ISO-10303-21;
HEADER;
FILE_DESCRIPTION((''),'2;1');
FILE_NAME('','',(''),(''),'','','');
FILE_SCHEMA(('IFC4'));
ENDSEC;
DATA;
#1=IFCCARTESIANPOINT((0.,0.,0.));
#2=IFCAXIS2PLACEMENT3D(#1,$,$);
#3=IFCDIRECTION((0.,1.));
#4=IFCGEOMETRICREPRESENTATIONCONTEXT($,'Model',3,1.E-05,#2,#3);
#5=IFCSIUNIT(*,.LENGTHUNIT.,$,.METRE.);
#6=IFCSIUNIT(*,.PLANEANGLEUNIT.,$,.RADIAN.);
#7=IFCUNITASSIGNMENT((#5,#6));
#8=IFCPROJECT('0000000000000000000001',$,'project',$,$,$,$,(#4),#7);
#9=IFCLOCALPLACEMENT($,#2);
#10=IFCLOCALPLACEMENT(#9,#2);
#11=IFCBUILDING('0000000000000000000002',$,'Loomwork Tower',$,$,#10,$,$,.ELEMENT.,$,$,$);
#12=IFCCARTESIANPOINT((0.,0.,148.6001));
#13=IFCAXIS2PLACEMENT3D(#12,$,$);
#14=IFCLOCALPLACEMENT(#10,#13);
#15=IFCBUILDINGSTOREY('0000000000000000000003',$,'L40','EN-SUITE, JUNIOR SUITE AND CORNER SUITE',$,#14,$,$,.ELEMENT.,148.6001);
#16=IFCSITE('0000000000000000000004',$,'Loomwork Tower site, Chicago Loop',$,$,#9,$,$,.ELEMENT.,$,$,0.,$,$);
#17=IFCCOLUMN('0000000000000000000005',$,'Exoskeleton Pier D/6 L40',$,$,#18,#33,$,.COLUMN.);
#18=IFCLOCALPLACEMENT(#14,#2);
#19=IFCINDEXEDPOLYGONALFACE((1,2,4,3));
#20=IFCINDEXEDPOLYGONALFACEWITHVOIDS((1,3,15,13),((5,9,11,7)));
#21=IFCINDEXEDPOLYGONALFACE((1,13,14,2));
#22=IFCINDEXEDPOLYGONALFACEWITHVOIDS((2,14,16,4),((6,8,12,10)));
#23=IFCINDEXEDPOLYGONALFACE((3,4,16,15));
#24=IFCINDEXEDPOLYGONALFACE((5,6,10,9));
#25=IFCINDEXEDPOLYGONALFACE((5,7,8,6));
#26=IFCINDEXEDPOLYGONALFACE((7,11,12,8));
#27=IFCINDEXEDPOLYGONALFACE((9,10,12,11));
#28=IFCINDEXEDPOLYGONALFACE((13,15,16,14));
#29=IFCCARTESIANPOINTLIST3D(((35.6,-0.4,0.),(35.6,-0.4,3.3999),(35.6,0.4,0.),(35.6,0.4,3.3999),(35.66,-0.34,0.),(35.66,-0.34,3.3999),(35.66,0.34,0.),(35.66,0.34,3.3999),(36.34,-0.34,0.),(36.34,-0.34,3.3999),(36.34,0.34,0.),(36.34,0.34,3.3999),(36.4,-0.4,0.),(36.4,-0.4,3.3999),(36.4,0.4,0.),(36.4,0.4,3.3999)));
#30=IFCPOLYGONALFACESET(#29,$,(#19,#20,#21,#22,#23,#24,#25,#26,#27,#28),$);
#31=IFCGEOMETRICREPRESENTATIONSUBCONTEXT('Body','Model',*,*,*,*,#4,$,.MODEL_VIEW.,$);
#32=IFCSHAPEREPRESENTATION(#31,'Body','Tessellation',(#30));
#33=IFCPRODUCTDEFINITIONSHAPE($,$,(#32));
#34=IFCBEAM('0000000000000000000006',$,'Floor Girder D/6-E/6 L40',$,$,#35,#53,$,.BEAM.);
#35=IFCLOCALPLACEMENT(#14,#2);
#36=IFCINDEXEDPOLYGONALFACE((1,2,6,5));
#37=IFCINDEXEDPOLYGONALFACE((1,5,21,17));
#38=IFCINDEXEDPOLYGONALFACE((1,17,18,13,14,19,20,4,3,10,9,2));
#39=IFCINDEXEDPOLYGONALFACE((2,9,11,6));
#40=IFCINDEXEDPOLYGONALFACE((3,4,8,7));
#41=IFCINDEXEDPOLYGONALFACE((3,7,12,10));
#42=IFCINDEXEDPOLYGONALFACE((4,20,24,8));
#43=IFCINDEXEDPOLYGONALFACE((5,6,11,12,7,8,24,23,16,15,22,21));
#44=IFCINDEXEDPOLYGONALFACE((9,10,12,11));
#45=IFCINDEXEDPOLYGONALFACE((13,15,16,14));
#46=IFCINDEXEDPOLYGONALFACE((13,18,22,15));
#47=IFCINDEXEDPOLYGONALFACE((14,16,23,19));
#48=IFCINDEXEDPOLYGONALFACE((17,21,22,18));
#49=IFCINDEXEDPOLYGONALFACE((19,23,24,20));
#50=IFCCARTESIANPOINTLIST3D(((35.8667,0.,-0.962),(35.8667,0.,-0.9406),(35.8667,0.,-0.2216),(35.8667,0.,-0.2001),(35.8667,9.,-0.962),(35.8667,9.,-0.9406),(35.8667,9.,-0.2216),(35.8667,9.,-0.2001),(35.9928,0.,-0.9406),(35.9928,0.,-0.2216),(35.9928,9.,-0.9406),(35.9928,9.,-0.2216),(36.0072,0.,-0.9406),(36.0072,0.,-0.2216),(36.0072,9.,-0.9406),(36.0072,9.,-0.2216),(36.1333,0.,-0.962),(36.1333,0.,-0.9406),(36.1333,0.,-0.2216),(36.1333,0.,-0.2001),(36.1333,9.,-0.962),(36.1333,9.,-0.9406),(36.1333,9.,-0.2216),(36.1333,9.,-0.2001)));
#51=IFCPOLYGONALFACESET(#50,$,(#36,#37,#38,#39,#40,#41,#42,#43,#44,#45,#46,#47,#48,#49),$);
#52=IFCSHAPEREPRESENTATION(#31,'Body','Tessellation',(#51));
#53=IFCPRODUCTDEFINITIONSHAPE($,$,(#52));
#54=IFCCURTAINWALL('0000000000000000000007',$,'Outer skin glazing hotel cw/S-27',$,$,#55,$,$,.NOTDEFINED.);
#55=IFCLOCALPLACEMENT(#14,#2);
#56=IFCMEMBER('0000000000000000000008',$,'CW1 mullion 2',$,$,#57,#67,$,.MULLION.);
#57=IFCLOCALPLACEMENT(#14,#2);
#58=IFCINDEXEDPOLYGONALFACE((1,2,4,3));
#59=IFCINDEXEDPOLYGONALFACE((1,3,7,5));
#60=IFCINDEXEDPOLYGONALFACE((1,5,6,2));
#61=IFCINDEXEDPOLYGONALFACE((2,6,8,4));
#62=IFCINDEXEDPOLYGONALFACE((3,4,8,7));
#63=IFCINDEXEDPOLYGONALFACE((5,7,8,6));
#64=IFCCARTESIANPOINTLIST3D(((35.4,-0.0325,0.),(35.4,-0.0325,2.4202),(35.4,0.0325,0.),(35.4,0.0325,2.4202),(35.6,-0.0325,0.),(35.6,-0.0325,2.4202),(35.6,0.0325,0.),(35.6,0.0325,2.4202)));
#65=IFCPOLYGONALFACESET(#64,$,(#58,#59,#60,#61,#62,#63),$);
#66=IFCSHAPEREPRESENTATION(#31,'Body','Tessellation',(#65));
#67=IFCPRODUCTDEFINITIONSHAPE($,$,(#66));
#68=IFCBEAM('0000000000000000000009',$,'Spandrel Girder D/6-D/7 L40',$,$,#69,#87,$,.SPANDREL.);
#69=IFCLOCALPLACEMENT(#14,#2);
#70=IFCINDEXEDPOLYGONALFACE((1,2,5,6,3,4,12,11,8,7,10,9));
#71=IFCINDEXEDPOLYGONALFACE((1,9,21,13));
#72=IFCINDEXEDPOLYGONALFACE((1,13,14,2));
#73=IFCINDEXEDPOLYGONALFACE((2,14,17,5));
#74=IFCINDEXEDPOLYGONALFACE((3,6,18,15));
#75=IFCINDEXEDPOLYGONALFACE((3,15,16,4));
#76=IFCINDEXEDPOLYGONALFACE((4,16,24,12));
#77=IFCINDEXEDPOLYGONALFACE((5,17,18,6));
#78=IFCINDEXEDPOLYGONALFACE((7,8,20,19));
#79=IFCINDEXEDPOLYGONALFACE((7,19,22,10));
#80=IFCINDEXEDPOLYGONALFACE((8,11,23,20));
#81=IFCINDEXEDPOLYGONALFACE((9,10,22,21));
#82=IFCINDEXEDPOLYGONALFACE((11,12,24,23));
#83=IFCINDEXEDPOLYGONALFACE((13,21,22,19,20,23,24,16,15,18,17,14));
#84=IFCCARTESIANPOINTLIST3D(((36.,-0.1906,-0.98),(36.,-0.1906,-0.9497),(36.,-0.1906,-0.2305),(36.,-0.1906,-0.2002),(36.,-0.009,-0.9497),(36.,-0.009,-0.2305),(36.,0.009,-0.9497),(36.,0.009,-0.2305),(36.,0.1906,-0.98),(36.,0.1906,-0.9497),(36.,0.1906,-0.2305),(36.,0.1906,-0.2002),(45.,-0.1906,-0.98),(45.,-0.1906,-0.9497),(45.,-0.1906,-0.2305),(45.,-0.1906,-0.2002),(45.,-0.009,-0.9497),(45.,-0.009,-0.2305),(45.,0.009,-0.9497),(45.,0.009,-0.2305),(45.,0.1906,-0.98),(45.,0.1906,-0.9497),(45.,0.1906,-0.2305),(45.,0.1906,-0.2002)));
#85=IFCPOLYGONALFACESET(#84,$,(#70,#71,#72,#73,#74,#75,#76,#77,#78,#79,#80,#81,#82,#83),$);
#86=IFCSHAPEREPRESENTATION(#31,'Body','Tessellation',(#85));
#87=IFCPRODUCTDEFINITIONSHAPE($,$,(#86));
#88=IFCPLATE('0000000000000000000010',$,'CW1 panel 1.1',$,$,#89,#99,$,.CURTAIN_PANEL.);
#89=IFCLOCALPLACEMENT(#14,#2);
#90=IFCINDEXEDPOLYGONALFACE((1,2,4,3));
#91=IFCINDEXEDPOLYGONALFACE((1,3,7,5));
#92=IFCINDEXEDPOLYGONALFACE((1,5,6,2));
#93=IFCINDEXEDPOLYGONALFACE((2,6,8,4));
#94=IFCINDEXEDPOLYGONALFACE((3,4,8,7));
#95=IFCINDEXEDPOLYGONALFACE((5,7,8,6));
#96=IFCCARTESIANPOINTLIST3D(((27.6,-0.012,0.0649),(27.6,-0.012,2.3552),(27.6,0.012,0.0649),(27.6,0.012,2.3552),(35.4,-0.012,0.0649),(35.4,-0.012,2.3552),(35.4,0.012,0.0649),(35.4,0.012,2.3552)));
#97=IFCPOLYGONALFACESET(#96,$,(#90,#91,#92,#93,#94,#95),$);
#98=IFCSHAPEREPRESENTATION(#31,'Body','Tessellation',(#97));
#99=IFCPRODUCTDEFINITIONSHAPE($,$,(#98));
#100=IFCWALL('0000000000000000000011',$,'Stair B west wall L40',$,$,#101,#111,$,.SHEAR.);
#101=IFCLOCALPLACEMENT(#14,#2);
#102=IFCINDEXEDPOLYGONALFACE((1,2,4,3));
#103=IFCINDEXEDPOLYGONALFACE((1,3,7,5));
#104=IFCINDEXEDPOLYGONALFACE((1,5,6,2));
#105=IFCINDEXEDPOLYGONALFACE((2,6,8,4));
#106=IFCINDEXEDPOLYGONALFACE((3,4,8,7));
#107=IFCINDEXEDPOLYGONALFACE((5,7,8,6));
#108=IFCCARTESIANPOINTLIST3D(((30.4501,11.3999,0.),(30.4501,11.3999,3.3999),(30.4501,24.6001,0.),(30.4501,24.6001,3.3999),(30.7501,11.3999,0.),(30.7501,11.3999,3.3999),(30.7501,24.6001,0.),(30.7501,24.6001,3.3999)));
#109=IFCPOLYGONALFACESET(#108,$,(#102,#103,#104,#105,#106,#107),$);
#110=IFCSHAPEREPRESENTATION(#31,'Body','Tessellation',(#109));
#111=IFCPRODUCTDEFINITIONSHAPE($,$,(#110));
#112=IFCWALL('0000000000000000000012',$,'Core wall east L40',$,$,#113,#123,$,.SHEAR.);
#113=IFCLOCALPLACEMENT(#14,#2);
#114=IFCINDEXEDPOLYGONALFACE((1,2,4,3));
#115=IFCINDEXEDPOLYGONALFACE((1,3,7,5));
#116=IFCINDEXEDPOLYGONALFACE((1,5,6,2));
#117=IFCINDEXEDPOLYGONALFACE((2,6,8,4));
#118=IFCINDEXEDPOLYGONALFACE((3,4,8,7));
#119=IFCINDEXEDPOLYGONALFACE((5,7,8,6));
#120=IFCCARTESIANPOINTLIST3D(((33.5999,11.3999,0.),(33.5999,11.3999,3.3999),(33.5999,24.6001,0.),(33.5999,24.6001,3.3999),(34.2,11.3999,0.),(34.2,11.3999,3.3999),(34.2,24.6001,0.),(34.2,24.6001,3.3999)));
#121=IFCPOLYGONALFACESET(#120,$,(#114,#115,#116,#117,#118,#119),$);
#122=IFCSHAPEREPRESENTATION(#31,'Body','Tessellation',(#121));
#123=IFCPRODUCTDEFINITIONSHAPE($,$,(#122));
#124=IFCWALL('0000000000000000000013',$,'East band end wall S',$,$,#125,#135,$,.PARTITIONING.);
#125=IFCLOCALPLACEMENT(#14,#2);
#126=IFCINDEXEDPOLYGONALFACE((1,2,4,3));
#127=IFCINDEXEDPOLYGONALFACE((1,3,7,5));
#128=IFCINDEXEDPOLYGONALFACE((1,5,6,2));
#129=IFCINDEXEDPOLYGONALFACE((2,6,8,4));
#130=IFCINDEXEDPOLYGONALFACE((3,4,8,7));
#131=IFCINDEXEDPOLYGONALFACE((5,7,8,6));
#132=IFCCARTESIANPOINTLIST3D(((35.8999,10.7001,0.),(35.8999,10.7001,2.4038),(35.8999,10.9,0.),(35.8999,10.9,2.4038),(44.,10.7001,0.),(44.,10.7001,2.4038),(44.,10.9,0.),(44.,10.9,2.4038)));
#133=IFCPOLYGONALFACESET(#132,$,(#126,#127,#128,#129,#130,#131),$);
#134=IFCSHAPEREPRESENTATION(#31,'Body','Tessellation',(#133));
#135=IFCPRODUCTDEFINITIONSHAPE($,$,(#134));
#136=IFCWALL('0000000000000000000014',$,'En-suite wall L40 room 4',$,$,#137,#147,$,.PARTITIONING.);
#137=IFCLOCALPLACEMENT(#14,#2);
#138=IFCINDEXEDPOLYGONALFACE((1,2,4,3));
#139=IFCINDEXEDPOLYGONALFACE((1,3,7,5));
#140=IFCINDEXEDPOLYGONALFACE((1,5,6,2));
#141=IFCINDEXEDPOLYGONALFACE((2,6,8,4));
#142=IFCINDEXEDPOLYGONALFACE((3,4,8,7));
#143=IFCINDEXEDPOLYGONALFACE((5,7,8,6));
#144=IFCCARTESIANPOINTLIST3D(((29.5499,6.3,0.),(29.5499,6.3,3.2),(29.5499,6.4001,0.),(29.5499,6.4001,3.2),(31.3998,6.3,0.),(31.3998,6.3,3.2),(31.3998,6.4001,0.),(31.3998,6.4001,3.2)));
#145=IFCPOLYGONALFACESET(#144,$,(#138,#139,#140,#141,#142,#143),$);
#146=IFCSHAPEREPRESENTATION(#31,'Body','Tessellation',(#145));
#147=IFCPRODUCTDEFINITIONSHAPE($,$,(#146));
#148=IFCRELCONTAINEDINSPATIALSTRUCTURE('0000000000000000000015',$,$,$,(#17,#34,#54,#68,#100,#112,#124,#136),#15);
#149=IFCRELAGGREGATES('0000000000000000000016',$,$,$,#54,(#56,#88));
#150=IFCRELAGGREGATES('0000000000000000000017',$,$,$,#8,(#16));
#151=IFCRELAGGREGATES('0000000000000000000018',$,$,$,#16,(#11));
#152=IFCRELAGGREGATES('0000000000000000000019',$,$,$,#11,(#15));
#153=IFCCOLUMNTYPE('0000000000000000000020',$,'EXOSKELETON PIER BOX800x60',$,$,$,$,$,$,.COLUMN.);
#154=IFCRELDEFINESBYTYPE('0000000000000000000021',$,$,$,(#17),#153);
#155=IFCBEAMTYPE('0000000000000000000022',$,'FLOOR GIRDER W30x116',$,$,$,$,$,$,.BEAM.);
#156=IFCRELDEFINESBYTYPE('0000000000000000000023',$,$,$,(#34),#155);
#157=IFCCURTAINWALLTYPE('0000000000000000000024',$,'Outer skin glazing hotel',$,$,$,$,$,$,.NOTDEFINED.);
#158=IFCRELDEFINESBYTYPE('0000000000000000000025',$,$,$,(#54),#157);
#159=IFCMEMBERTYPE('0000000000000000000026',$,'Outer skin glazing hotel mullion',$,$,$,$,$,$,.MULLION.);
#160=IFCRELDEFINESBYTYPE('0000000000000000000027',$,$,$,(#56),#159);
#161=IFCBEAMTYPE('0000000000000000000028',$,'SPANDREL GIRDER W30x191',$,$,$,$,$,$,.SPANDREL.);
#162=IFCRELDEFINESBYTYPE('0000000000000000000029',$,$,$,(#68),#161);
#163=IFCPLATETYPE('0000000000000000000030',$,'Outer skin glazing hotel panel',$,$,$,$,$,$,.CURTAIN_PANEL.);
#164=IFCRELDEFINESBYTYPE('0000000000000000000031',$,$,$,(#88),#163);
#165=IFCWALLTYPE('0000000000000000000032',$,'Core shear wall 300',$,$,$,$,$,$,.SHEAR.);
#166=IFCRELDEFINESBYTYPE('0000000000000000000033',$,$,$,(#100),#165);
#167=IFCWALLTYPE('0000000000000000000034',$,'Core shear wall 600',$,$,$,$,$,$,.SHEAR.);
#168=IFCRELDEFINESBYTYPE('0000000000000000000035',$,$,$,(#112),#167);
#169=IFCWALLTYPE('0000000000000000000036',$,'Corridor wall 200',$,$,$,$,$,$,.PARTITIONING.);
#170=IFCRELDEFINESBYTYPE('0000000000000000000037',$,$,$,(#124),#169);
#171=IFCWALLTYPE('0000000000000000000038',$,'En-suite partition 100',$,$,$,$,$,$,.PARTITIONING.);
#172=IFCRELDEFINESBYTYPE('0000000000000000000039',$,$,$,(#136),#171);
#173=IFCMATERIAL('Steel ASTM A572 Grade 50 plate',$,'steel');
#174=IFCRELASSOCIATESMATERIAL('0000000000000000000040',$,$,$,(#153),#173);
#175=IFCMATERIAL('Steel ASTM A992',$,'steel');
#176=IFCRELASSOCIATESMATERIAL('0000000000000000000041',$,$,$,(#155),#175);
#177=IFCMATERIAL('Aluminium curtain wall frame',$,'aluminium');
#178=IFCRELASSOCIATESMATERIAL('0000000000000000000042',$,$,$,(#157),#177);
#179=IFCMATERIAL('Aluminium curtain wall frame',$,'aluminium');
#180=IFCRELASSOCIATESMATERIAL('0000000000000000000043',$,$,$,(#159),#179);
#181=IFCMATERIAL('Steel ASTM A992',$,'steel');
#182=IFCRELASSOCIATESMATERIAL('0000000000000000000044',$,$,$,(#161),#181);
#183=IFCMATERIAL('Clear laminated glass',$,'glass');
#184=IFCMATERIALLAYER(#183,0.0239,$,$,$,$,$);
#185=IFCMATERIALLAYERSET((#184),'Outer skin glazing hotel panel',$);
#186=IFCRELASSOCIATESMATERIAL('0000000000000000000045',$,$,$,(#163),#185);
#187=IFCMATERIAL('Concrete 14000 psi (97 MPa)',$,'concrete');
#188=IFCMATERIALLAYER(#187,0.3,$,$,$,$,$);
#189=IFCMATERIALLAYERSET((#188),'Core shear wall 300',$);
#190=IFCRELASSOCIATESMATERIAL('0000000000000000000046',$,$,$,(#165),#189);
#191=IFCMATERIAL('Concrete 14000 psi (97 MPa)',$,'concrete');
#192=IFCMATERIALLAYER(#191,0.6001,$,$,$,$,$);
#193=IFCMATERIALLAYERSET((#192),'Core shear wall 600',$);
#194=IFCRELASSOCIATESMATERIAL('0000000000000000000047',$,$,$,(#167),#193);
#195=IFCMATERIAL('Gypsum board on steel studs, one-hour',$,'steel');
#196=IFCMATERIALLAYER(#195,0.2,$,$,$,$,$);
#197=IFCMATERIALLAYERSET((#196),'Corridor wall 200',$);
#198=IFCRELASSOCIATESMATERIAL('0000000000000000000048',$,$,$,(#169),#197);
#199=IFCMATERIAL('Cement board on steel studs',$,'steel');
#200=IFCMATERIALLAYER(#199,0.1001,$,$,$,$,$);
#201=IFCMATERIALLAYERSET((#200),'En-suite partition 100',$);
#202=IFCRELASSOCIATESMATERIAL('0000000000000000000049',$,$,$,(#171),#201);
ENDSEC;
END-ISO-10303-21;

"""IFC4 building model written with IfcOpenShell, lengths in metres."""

from ifc_helpers import new_model, si_unit, direction, frame, frame_2d, origin, origin_2d, place, context, subcontext, project, spatial, rectangle, hollow_rectangle, i_section, extrude, material, layer, layer_set, material_profile, profile_set, type_object, element, aggregate, save


model = new_model("IFC4")

# Units and contexts
model_context = context("Model", 3, precision=1e-05, world=origin(), true_north=direction((0.0, 1.0)))
body_context = subcontext(model_context, "Body", "Model", "MODEL_VIEW")
ifc_project = project(units=[si_unit("LENGTHUNIT", "METRE"), si_unit("PLANEANGLEUNIT", "RADIAN")], contexts=[model_context])

# Site, building, storey
site_placement = place(None, origin())
site = spatial("IfcSite", under=ifc_project, at=site_placement, Name="Loomwork Tower site, Chicago Loop", CompositionType="ELEMENT", RefElevation=0.0)
building_placement = place(site_placement, origin())
building = spatial("IfcBuilding", under=site, at=building_placement, Name="Loomwork Tower", CompositionType="ELEMENT")
storey_placement = place(building_placement, frame((0.0, 0.0, 148.6001)))
storey = spatial("IfcBuildingStorey", under=building, at=storey_placement, Name="L40", Description="EN-SUITE, JUNIOR SUITE AND CORNER SUITE", CompositionType="ELEMENT", Elevation=148.6001)

# Column
ifc_material_1 = material(Name="Steel ASTM A572 Grade 50 plate", Category="steel")
ifc_material_profile_1 = material_profile(ifc_material_1, hollow_rectangle(XDim=0.8, YDim=0.8, WallThickness=0.0601, at=origin_2d()), Name="BOX800x60")
ifc_profile_set_1 = profile_set([ifc_material_profile_1], Name="Steel ASTM A572 Grade 50 plate")
column_type = type_object("IfcColumnType", Name="EXOSKELETON PIER BOX800x60", PredefinedType="COLUMN", material=ifc_profile_set_1)
column_placement = place(storey_placement, frame((36.0, 0.0, 0.0), z_axis=(0.0, 0.0, 1.0), x_axis=(1.0, 0.0, 0.0)))
element("IfcColumn", 1, at=column_placement, inside=storey, type_object=column_type, Name="Exoskeleton Pier D/6 L40", PredefinedType="COLUMN", context=body_context, shape_type="SweptSolid", body=[
    extrude(hollow_rectangle(XDim=0.8, YDim=0.8, WallThickness=0.0601, at=origin_2d()), origin(), (0.0, 0.0, 1.0), 3.3999),
])

# Beam
ifc_material_2 = material(Name="Steel ASTM A992", Category="steel")
ifc_material_profile_2 = material_profile(ifc_material_2, i_section(OverallWidth=0.2666, OverallDepth=0.762, WebThickness=0.0144, FlangeThickness=0.0215, at=origin_2d()), Name="W30x116")
ifc_profile_set_2 = profile_set([ifc_material_profile_2], Name="Steel ASTM A992")
beam_type_1 = type_object("IfcBeamType", Name="FLOOR GIRDER W30x116", PredefinedType="BEAM", material=ifc_profile_set_2)
beam_1_placement = place(storey_placement, frame((36.0, 0.0, -0.5811), z_axis=(0.0, 1.0, 0.0), x_axis=(-1.0, 0.0, 0.0)))
element("IfcBeam", 2, at=beam_1_placement, inside=storey, type_object=beam_type_1, Name="Floor Girder D/6-E/6 L40", PredefinedType="BEAM", context=body_context, shape_type="SweptSolid", body=[
    extrude(i_section(OverallWidth=0.2666, OverallDepth=0.762, WebThickness=0.0144, FlangeThickness=0.0215, at=origin_2d()), origin(), (0.0, 0.0, 1.0), 9.0),
])

# Curtain wall, member
ifc_material_3 = material(Name="Aluminium curtain wall frame", Category="aluminium")
curtain_wall_type = type_object("IfcCurtainWallType", Name="Outer skin glazing hotel", PredefinedType="NOTDEFINED", material=ifc_material_3)
curtain_wall_placement = place(storey_placement, origin())
curtain_wall = element("IfcCurtainWall", 3, at=curtain_wall_placement, inside=storey, type_object=curtain_wall_type, Name="Outer skin glazing hotel cw/S-27", PredefinedType="NOTDEFINED")
ifc_material_4 = material(Name="Aluminium curtain wall frame", Category="aluminium")
ifc_material_profile_3 = material_profile(ifc_material_4, rectangle(XDim=0.0649, YDim=0.2, at=origin_2d()), Name="AL 65x200")
ifc_profile_set_3 = profile_set([ifc_material_profile_3], Name="Aluminium curtain wall frame")
member_type = type_object("IfcMemberType", Name="Outer skin glazing hotel mullion", PredefinedType="MULLION", material=ifc_profile_set_3)
member_placement = place(storey_placement, frame((35.5, 0.0, 0.0), z_axis=(0.0, 0.0, 1.0), x_axis=(0.0, 1.0, 0.0)))
member = element("IfcMember", 4, at=member_placement, type_object=member_type, Name="CW1 mullion 2", PredefinedType="MULLION", context=body_context, shape_type="SweptSolid", body=[
    extrude(rectangle(XDim=0.0649, YDim=0.2, at=origin_2d()), origin(), (0.0, 0.0, 1.0), 2.4202),
])

# Beam
ifc_material_5 = material(Name="Steel ASTM A992", Category="steel")
ifc_material_profile_4 = material_profile(ifc_material_5, i_section(OverallWidth=0.3811, OverallDepth=0.7798, WebThickness=0.0181, FlangeThickness=0.0303, at=origin_2d()), Name="W30x191")
ifc_profile_set_4 = profile_set([ifc_material_profile_4], Name="Steel ASTM A992")
beam_type_2 = type_object("IfcBeamType", Name="SPANDREL GIRDER W30x191", PredefinedType="SPANDREL", material=ifc_profile_set_4)
beam_2_placement = place(storey_placement, frame((36.0, 0.0, -0.5901), z_axis=(1.0, 0.0, 0.0), x_axis=(0.0, 1.0, 0.0)))
element("IfcBeam", 5, at=beam_2_placement, inside=storey, type_object=beam_type_2, Name="Spandrel Girder D/6-D/7 L40", PredefinedType="SPANDREL", context=body_context, shape_type="SweptSolid", body=[
    extrude(i_section(OverallWidth=0.3811, OverallDepth=0.7798, WebThickness=0.0181, FlangeThickness=0.0303, at=origin_2d()), origin(), (0.0, 0.0, 1.0), 9.0),
])

# Plate
ifc_material_6 = material(Name="Clear laminated glass", Category="glass")
ifc_layer_1 = layer(ifc_material_6, 0.0239)
ifc_layer_set_1 = layer_set([ifc_layer_1], Name="Outer skin glazing hotel panel")
plate_type = type_object("IfcPlateType", Name="Outer skin glazing hotel panel", PredefinedType="CURTAIN_PANEL", material=ifc_layer_set_1)
plate_placement = place(storey_placement, frame((31.5, 0.0, 0.0649), z_axis=(0.0, 0.0, 1.0), x_axis=(1.0, 0.0, 0.0)))
plate = element("IfcPlate", 6, at=plate_placement, type_object=plate_type, Name="CW1 panel 1.1", PredefinedType="CURTAIN_PANEL", context=body_context, shape_type="SweptSolid", body=[
    extrude(rectangle(XDim=7.8, YDim=0.0239, at=origin_2d()), origin(), (0.0, 0.0, 1.0), 2.2903),
])
aggregate(curtain_wall, [member, plate])

# Walls
ifc_material_7 = material(Name="Concrete 14000 psi (97 MPa)", Category="concrete")
ifc_layer_2 = layer(ifc_material_7, 0.3)
ifc_layer_set_2 = layer_set([ifc_layer_2], Name="Core shear wall 300")
wall_type_1 = type_object("IfcWallType", Name="Core shear wall 300", PredefinedType="SHEAR", material=ifc_layer_set_2)
wall_1_placement = place(storey_placement, frame((30.6001, 11.3999, 0.0), z_axis=(0.0, 0.0, 1.0), x_axis=(0.0, 1.0, 0.0)))
element("IfcWall", 7, at=wall_1_placement, inside=storey, type_object=wall_type_1, Name="Stair B west wall L40", PredefinedType="SHEAR", context=body_context, shape_type="SweptSolid", body=[
    extrude(rectangle(XDim=13.2002, YDim=0.3, at=frame_2d((6.6001, 0.0))), origin(), (0.0, 0.0, 1.0), 3.3999),
])
ifc_material_8 = material(Name="Concrete 14000 psi (97 MPa)", Category="concrete")
ifc_layer_3 = layer(ifc_material_8, 0.6001)
ifc_layer_set_3 = layer_set([ifc_layer_3], Name="Core shear wall 600")
wall_type_2 = type_object("IfcWallType", Name="Core shear wall 600", PredefinedType="SHEAR", material=ifc_layer_set_3)
wall_2_placement = place(storey_placement, frame((33.8999, 11.3999, 0.0), z_axis=(0.0, 0.0, 1.0), x_axis=(0.0, 1.0, 0.0)))
element("IfcWall", 8, at=wall_2_placement, inside=storey, type_object=wall_type_2, Name="Core wall east L40", PredefinedType="SHEAR", context=body_context, shape_type="SweptSolid", body=[
    extrude(rectangle(XDim=13.2002, YDim=0.6001, at=frame_2d((6.6001, 0.0))), origin(), (0.0, 0.0, 1.0), 3.3999),
])
ifc_material_9 = material(Name="Gypsum board on steel studs, one-hour", Category="steel")
ifc_layer_4 = layer(ifc_material_9, 0.2)
ifc_layer_set_4 = layer_set([ifc_layer_4], Name="Corridor wall 200")
wall_type_3 = type_object("IfcWallType", Name="Corridor wall 200", PredefinedType="PARTITIONING", material=ifc_layer_set_4)
wall_3_placement = place(storey_placement, frame((35.8999, 10.8, 0.0), z_axis=(0.0, 0.0, 1.0), x_axis=(1.0, 0.0, 0.0)))
element("IfcWall", 9, at=wall_3_placement, inside=storey, type_object=wall_type_3, Name="East band end wall S", PredefinedType="PARTITIONING", context=body_context, shape_type="SweptSolid", body=[
    extrude(rectangle(XDim=8.1001, YDim=0.2, at=frame_2d((4.05, 0.0))), origin(), (0.0, 0.0, 1.0), 2.4038),
])
ifc_material_10 = material(Name="Cement board on steel studs", Category="steel")
ifc_layer_5 = layer(ifc_material_10, 0.1001)
ifc_layer_set_5 = layer_set([ifc_layer_5], Name="En-suite partition 100")
wall_type_4 = type_object("IfcWallType", Name="En-suite partition 100", PredefinedType="PARTITIONING", material=ifc_layer_set_5)
wall_4_placement = place(storey_placement, frame((29.55, 6.3501, 0.0), z_axis=(0.0, 0.0, 1.0), x_axis=(1.0, 0.0, 0.0)))
element("IfcWall", 10, at=wall_4_placement, inside=storey, type_object=wall_type_4, Name="En-suite wall L40 room 4", PredefinedType="PARTITIONING", context=body_context, shape_type="SweptSolid", body=[
    extrude(rectangle(XDim=1.8499, YDim=0.1001, at=frame_2d((0.9248, 0.0))), origin(), (0.0, 0.0, 1.0), 3.2),
])

save(model, "model.ifc")
